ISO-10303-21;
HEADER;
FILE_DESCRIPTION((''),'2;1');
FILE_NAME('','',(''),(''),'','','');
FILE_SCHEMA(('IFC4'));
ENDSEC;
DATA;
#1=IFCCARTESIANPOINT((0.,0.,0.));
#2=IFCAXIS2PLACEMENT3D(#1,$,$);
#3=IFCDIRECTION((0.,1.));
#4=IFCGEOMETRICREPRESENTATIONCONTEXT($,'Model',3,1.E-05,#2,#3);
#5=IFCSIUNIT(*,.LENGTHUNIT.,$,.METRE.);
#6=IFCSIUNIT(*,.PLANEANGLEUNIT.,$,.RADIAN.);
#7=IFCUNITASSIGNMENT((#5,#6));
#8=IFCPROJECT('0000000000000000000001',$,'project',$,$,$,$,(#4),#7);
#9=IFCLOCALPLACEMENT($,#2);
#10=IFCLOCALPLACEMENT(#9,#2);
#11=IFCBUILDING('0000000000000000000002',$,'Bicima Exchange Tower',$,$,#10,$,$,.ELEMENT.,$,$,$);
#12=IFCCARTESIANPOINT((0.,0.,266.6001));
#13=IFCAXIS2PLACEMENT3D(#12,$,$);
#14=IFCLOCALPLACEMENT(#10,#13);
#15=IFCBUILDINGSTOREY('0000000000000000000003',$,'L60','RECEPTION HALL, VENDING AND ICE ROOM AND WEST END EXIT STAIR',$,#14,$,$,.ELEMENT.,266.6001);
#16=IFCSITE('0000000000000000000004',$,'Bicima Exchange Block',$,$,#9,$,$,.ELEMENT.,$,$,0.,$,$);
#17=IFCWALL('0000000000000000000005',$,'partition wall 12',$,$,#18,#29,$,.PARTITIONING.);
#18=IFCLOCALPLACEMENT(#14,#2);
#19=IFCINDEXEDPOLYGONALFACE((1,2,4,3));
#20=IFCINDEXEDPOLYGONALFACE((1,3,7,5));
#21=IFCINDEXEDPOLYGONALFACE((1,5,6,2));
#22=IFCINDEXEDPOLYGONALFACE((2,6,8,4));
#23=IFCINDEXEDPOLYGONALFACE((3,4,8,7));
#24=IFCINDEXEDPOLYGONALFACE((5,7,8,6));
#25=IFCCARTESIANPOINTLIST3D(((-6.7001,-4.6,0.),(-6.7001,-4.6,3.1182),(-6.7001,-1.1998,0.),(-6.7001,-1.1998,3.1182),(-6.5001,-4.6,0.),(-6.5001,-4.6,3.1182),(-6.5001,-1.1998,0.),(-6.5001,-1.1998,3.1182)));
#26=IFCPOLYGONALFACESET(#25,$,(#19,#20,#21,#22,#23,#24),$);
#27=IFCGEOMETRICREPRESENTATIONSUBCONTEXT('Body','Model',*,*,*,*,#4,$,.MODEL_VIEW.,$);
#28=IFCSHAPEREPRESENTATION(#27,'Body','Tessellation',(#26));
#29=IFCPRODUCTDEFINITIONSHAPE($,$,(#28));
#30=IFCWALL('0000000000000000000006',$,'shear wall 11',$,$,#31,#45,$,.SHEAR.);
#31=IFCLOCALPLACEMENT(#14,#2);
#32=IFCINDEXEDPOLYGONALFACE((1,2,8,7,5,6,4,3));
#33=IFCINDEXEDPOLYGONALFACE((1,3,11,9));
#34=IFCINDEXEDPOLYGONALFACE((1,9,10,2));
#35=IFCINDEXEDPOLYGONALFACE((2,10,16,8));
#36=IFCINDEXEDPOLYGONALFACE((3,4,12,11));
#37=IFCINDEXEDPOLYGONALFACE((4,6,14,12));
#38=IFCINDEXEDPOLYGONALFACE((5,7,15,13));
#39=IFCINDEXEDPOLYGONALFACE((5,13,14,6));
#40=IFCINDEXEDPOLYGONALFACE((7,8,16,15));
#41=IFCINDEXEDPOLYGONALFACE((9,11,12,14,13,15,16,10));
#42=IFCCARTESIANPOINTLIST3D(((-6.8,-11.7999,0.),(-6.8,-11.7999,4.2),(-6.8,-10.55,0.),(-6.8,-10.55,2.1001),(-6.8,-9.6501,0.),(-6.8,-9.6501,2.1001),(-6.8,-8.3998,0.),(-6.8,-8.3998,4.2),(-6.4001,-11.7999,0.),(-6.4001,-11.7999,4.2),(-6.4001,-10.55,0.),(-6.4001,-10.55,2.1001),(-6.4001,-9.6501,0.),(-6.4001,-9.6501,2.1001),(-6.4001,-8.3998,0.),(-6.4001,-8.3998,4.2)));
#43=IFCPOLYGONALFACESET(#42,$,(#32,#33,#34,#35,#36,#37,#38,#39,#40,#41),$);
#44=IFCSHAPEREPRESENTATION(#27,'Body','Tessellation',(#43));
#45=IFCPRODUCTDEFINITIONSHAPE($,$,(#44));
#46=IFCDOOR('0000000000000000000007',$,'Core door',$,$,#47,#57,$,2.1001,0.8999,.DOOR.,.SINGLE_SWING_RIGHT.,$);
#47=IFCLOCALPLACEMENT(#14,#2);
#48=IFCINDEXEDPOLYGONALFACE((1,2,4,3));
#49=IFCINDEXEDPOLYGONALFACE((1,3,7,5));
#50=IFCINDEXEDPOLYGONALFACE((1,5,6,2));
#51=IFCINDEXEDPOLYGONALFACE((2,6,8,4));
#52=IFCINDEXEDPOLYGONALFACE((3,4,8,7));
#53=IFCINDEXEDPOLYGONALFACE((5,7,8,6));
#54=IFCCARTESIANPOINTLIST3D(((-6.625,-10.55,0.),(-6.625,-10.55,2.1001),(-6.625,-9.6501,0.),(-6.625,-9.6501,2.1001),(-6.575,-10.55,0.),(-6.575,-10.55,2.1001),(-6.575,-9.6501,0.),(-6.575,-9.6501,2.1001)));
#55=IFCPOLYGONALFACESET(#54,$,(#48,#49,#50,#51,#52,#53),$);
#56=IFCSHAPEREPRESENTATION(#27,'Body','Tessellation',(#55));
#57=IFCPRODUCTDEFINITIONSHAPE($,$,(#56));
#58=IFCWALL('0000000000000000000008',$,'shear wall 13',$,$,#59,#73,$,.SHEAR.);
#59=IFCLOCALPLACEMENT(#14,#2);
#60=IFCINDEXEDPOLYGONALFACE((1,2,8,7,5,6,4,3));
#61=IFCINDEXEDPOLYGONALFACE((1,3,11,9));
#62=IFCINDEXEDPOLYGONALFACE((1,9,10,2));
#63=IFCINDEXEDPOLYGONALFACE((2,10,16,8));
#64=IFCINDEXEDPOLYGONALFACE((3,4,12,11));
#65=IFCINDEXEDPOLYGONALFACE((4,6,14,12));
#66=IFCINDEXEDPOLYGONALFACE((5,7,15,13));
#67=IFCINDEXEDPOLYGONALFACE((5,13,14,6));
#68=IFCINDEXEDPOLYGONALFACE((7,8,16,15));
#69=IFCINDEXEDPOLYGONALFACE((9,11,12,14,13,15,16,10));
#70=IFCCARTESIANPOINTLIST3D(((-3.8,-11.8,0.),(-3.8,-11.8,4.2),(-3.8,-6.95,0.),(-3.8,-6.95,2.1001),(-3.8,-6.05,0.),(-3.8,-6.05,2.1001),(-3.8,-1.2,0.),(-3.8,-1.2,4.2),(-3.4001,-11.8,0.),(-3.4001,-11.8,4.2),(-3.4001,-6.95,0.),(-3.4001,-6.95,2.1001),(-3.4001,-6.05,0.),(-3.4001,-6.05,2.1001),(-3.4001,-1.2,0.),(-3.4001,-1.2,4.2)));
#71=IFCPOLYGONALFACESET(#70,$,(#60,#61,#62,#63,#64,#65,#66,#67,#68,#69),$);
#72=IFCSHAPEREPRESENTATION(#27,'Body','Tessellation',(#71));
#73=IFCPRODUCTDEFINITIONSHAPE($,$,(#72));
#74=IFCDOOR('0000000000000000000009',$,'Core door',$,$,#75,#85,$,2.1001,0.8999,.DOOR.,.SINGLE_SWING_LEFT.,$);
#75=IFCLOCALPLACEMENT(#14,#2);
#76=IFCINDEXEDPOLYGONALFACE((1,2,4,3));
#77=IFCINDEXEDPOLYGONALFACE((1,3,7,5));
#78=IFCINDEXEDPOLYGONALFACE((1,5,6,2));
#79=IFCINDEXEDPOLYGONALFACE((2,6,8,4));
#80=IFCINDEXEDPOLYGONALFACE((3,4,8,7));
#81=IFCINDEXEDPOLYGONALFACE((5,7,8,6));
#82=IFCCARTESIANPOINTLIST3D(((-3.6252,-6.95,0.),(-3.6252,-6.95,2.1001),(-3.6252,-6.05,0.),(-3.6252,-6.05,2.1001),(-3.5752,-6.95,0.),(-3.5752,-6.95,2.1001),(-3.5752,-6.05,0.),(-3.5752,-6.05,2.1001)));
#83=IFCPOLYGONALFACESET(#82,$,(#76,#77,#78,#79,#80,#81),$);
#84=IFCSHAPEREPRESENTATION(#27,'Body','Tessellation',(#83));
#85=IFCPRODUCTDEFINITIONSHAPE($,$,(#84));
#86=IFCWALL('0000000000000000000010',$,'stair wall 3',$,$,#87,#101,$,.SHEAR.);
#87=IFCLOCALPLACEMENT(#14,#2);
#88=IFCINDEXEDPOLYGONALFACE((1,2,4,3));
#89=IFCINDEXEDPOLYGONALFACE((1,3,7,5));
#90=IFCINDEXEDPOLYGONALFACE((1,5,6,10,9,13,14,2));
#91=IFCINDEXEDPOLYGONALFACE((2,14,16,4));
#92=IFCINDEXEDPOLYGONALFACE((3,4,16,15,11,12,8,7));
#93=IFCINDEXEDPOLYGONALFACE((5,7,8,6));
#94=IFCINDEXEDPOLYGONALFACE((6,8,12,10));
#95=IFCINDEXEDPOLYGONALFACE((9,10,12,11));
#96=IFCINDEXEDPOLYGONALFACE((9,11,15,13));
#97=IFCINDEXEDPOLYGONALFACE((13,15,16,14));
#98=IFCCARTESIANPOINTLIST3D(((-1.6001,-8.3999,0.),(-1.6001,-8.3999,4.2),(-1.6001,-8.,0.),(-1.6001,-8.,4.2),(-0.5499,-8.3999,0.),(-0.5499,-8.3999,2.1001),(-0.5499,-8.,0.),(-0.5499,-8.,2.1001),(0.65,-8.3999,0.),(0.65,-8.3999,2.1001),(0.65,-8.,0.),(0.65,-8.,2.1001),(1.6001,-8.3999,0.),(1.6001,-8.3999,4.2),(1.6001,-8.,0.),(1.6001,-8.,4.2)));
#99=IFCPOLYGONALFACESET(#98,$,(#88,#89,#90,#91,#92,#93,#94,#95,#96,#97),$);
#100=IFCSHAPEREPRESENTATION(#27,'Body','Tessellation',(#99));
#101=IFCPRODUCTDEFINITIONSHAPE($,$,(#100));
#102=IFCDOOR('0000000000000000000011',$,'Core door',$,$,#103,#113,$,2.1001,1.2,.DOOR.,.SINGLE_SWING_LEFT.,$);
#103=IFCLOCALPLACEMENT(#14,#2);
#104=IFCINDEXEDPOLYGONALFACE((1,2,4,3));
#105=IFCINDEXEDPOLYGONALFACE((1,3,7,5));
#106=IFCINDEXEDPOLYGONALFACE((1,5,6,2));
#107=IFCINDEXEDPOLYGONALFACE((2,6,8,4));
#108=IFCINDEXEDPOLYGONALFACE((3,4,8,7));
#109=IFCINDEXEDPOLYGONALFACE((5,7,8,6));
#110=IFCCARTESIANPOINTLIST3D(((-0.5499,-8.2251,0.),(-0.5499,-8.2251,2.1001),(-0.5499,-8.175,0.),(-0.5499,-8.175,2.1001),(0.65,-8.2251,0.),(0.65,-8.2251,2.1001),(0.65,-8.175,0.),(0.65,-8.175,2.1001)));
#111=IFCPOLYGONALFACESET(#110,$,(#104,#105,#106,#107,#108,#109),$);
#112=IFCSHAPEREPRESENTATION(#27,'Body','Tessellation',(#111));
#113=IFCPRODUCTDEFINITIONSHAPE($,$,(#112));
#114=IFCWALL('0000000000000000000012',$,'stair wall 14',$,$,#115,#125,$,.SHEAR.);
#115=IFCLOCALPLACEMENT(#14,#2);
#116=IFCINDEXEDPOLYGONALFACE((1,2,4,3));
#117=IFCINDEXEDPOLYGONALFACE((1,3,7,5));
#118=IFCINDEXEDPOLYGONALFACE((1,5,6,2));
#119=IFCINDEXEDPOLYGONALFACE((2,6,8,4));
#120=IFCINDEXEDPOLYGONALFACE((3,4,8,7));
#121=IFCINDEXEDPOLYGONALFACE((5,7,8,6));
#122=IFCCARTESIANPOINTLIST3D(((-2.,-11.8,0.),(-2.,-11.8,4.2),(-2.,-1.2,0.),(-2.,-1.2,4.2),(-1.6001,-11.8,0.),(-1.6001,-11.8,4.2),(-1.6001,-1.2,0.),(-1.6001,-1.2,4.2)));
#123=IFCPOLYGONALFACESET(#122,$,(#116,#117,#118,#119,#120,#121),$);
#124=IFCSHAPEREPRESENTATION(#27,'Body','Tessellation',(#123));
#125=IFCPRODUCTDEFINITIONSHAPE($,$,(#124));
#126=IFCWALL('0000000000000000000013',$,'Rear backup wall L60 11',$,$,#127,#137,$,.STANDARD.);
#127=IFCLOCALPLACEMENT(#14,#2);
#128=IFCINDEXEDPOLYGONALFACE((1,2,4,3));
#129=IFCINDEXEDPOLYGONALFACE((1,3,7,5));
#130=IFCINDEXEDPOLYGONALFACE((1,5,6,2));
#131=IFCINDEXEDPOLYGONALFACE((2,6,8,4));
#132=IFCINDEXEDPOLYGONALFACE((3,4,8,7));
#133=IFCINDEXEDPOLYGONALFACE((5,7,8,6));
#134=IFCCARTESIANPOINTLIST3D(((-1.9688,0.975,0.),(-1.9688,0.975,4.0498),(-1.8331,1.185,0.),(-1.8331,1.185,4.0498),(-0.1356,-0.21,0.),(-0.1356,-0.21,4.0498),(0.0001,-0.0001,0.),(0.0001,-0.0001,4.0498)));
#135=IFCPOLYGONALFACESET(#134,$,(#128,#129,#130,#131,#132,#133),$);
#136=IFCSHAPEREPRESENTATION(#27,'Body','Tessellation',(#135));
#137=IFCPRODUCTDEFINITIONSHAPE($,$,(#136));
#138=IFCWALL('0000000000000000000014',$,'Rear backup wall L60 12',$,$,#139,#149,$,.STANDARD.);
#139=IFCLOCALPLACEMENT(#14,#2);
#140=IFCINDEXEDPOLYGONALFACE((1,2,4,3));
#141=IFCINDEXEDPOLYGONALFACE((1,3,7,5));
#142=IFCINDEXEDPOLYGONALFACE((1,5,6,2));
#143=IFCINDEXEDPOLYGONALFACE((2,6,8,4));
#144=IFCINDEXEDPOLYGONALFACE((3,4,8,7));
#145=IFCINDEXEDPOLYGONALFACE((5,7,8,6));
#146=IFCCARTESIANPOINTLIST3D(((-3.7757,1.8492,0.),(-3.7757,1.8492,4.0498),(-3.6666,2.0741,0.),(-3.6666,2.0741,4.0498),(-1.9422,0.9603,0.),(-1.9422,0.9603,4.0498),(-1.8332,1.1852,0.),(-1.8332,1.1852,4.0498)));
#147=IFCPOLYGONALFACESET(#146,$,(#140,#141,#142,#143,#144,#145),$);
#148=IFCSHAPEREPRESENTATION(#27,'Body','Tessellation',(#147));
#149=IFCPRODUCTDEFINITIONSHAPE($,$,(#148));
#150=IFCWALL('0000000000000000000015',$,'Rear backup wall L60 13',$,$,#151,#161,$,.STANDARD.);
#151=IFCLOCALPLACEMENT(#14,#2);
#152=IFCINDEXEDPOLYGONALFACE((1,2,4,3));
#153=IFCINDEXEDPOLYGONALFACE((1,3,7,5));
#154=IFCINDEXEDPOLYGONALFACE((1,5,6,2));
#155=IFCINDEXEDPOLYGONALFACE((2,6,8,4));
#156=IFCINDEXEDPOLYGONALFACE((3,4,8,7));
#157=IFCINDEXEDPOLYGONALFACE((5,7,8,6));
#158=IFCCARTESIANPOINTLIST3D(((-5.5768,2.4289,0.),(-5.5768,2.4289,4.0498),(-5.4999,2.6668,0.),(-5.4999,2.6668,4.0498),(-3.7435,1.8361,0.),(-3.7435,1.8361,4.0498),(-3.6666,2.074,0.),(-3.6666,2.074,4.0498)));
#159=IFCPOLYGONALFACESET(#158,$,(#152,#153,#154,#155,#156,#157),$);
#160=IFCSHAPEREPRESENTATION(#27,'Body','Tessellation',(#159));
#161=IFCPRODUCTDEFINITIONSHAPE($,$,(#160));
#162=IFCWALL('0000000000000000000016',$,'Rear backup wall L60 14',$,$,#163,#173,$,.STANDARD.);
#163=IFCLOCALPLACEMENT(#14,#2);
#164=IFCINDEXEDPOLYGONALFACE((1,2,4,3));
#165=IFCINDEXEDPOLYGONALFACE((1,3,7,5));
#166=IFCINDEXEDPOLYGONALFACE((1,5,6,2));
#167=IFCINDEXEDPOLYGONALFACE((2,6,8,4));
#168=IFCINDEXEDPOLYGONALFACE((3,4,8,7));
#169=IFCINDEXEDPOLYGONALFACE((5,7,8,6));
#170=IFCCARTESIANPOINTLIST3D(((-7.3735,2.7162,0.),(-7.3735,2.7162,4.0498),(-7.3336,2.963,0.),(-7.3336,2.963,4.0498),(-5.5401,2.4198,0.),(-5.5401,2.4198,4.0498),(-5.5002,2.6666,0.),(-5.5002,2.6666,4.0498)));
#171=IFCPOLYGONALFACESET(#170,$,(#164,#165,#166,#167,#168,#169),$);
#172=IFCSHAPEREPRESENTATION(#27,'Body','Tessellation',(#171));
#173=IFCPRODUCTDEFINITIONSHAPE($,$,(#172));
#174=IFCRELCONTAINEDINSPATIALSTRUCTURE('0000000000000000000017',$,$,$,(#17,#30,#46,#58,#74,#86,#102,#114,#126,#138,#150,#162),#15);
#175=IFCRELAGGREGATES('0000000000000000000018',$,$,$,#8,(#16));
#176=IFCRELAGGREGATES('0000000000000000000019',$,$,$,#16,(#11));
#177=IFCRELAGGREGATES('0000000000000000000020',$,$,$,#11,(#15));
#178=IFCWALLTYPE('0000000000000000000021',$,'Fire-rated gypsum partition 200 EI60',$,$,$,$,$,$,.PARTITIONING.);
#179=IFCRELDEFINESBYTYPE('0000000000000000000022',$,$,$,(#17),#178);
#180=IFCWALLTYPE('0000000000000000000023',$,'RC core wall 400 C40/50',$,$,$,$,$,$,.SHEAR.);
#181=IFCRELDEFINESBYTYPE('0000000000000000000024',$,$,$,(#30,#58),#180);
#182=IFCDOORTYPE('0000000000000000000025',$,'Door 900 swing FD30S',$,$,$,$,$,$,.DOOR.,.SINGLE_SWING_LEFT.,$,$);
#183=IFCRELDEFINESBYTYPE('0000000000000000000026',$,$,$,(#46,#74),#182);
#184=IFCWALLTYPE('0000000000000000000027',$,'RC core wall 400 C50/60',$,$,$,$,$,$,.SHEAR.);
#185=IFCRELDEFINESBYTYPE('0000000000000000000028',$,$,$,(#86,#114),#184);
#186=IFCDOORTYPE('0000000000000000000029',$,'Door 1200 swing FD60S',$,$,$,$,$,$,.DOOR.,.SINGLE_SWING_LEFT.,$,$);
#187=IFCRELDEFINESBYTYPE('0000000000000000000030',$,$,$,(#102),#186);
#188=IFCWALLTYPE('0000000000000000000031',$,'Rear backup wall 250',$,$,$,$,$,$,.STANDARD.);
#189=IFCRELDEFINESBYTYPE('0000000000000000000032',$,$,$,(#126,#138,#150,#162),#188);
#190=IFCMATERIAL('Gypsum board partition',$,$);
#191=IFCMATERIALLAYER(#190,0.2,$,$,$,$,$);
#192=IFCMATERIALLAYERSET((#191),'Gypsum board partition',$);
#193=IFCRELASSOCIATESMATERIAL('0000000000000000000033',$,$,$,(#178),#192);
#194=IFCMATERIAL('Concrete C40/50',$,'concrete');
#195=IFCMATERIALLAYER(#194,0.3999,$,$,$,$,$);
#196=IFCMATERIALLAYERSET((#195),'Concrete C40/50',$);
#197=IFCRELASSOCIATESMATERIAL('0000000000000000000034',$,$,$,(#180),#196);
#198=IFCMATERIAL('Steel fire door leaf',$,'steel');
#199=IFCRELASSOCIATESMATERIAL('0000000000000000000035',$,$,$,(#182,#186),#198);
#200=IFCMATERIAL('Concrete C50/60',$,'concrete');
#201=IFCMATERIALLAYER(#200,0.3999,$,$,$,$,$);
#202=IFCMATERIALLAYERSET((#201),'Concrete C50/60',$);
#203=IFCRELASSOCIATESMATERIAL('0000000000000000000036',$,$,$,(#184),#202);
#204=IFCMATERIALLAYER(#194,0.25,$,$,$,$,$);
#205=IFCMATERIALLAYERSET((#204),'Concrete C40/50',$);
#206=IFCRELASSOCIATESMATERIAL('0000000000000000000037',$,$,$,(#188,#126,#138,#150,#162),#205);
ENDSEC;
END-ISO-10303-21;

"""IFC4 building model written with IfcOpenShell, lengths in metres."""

from ifc_helpers import new_model, si_unit, direction, frame, frame_2d, origin, place, context, subcontext, project, spatial, rectangle, extrude, material, layer, layer_set, layer_usage, type_object, element, fill, save


model = new_model("IFC4")

# Units and contexts
model_context = context("Model", 3, precision=1e-05, world=origin(), true_north=direction((0.0, 1.0)))
body_context = subcontext(model_context, "Body", "Model", "MODEL_VIEW")
ifc_project = project(units=[si_unit("LENGTHUNIT", "METRE"), si_unit("PLANEANGLEUNIT", "RADIAN")], contexts=[model_context])

# Site, building, storey
site_placement = place(None, origin())
site = spatial("IfcSite", under=ifc_project, at=site_placement, Name="Bicima Exchange Block", CompositionType="ELEMENT", RefElevation=0.0)
building_placement = place(site_placement, origin())
building = spatial("IfcBuilding", under=site, at=building_placement, Name="Bicima Exchange Tower", CompositionType="ELEMENT")
storey_placement = place(building_placement, frame((0.0, 0.0, 266.6001)))
storey = spatial("IfcBuildingStorey", under=building, at=storey_placement, Name="L60", Description="RECEPTION HALL, VENDING AND ICE ROOM AND WEST END EXIT STAIR", CompositionType="ELEMENT", Elevation=266.6001)

# Shared definitions
ifc_material_1 = material(Name="Concrete C40/50", Category="concrete")

# Shared definitions
ifc_material_2 = material(Name="Concrete C50/60", Category="concrete")

# Wall
ifc_material_3 = material(Name="Gypsum board partition")
ifc_layer_1 = layer(ifc_material_3, 0.2)
ifc_layer_set_1 = layer_set([ifc_layer_1], Name="Gypsum board partition")
wall_type_1 = type_object("IfcWallType", Name="Fire-rated gypsum partition 200 EI60", PredefinedType="PARTITIONING", material=ifc_layer_set_1)
wall_1_placement = place(storey_placement, frame((-6.6001, -4.6001, 0.0), z_axis=(0.0, 0.0, 1.0), x_axis=(0.0, 1.0, 0.0)))
element("IfcWall", 1, at=wall_1_placement, inside=storey, type_object=wall_type_1, Name="partition wall 12", PredefinedType="PARTITIONING", context=body_context, shape_type="SweptSolid", body=[
    extrude(rectangle(XDim=3.4001, YDim=0.2, at=frame_2d((1.7002, 0.0))), origin(), (0.0, 0.0, 1.0), 3.1182),
])

# Walls, openings, doors
ifc_layer_2 = layer(ifc_material_1, 0.3999)
ifc_layer_set_2 = layer_set([ifc_layer_2], Name="Concrete C40/50")
wall_type_2 = type_object("IfcWallType", Name="RC core wall 400 C40/50", PredefinedType="SHEAR", material=ifc_layer_set_2)
wall_2_placement = place(storey_placement, frame((-6.6001, -11.8, 0.0), z_axis=(0.0, 0.0, 1.0), x_axis=(0.0, 1.0, 0.0)))
wall_2 = element("IfcWall", 2, at=wall_2_placement, inside=storey, type_object=wall_type_2, Name="shear wall 11", PredefinedType="SHEAR", context=body_context, shape_type="SweptSolid", body=[
    extrude(rectangle(XDim=3.4001, YDim=0.3999, at=frame_2d((1.7002, 0.0))), origin(), (0.0, 0.0, 1.0), 4.2),
])
opening_1_placement = place(wall_2_placement, frame((1.25, 0.0, 0.0)))
opening_1 = element("IfcOpeningElement", 3, at=opening_1_placement, cuts=wall_2, PredefinedType="OPENING", context=body_context, shape_type="SweptSolid", body=[
    extrude(rectangle(XDim=0.8999, YDim=2.1001, at=frame_2d((0.45, 1.05))), frame((0.0, 0.2119, 0.0), z_axis=(0.0, -1.0, 0.0), x_axis=(1.0, 0.0, 0.0)), (0.0, 0.0, 1.0), 0.4238),
])
ifc_material_4 = material(Name="Steel fire door leaf", Category="steel")
door_type_1 = type_object("IfcDoorType", Name="Door 900 swing FD30S", OperationType="SINGLE_SWING_LEFT", PredefinedType="DOOR", material=ifc_material_4)
door_1_placement = place(opening_1_placement, origin())
door_1 = element("IfcDoor", 4, at=door_1_placement, inside=storey, type_object=door_type_1, Name="Core door", OperationType="SINGLE_SWING_RIGHT", OverallHeight=2.1001, OverallWidth=0.8999, PredefinedType="DOOR", context=body_context, shape_type="SweptSolid", body=[
    extrude(rectangle(XDim=0.8999, YDim=2.1001, at=frame_2d((0.45, 1.05))), frame((0.0, 0.0249, 0.0), z_axis=(0.0, -1.0, 0.0), x_axis=(1.0, 0.0, 0.0)), (0.0, 0.0, 1.0), 0.05),
])
fill(opening_1, door_1)
wall_3_placement = place(storey_placement, frame((-3.6001, -11.8, 0.0), z_axis=(0.0, 0.0, 1.0), x_axis=(0.0, 1.0, 0.0)))
wall_3 = element("IfcWall", 5, at=wall_3_placement, inside=storey, type_object=wall_type_2, Name="shear wall 13", PredefinedType="SHEAR", context=body_context, shape_type="SweptSolid", body=[
    extrude(rectangle(XDim=10.6001, YDim=0.3999, at=frame_2d((5.3, 0.0))), origin(), (0.0, 0.0, 1.0), 4.2),
])
opening_2_placement = place(wall_3_placement, frame((4.8501, 0.0, 0.0)))
opening_2 = element("IfcOpeningElement", 6, at=opening_2_placement, cuts=wall_3, PredefinedType="OPENING", context=body_context, shape_type="SweptSolid", body=[
    extrude(rectangle(XDim=0.8999, YDim=2.1001, at=frame_2d((0.45, 1.05))), frame((0.0, 0.2119, 0.0), z_axis=(0.0, -1.0, 0.0), x_axis=(1.0, 0.0, 0.0)), (0.0, 0.0, 1.0), 0.4238),
])
door_2_placement = place(opening_2_placement, frame((0.8999, 0.0, 0.0), z_axis=(0.0, 0.0, 1.0), x_axis=(-1.0, 0.0, 0.0)))
door_2 = element("IfcDoor", 7, at=door_2_placement, inside=storey, type_object=door_type_1, Name="Core door", OperationType="SINGLE_SWING_LEFT", OverallHeight=2.1001, OverallWidth=0.8999, PredefinedType="DOOR", context=body_context, shape_type="SweptSolid", body=[
    extrude(rectangle(XDim=0.8999, YDim=2.1001, at=frame_2d((0.45, 1.05))), frame((0.0, 0.0249, 0.0), z_axis=(0.0, -1.0, 0.0), x_axis=(1.0, 0.0, 0.0)), (0.0, 0.0, 1.0), 0.05),
])
fill(opening_2, door_2)
ifc_layer_3 = layer(ifc_material_2, 0.3999)
ifc_layer_set_3 = layer_set([ifc_layer_3], Name="Concrete C50/60")
wall_type_3 = type_object("IfcWallType", Name="RC core wall 400 C50/60", PredefinedType="SHEAR", material=ifc_layer_set_3)
wall_4_placement = place(storey_placement, frame((-1.6001, -8.2, 0.0), z_axis=(0.0, 0.0, 1.0), x_axis=(1.0, 0.0, 0.0)))
wall_4 = element("IfcWall", 8, at=wall_4_placement, inside=storey, type_object=wall_type_3, Name="stair wall 3", PredefinedType="SHEAR", context=body_context, shape_type="SweptSolid", body=[
    extrude(rectangle(XDim=3.2002, YDim=0.3999, at=frame_2d((1.6001, 0.0))), origin(), (0.0, 0.0, 1.0), 4.2),
])
opening_3_placement = place(wall_4_placement, frame((1.05, 0.0, 0.0)))
opening_3 = element("IfcOpeningElement", 9, at=opening_3_placement, cuts=wall_4, PredefinedType="OPENING", context=body_context, shape_type="SweptSolid", body=[
    extrude(rectangle(XDim=1.2, YDim=2.1001, at=frame_2d((0.6001, 1.05))), frame((0.0, 0.2119, 0.0), z_axis=(0.0, -1.0, 0.0), x_axis=(1.0, 0.0, 0.0)), (0.0, 0.0, 1.0), 0.4238),
])
door_type_2 = type_object("IfcDoorType", Name="Door 1200 swing FD60S", OperationType="SINGLE_SWING_LEFT", PredefinedType="DOOR", material=ifc_material_4)
door_3_placement = place(opening_3_placement, origin())
door_3 = element("IfcDoor", 10, at=door_3_placement, inside=storey, type_object=door_type_2, Name="Core door", OperationType="SINGLE_SWING_LEFT", OverallHeight=2.1001, OverallWidth=1.2, PredefinedType="DOOR", context=body_context, shape_type="SweptSolid", body=[
    extrude(rectangle(XDim=1.2, YDim=2.1001, at=frame_2d((0.6001, 1.05))), frame((0.0, 0.0249, 0.0), z_axis=(0.0, -1.0, 0.0), x_axis=(1.0, 0.0, 0.0)), (0.0, 0.0, 1.0), 0.05),
])
fill(opening_3, door_3)

# Walls
wall_5_placement = place(storey_placement, frame((-1.8, -11.8, 0.0), z_axis=(0.0, 0.0, 1.0), x_axis=(0.0, 1.0, 0.0)))
element("IfcWall", 11, at=wall_5_placement, inside=storey, type_object=wall_type_3, Name="stair wall 14", PredefinedType="SHEAR", context=body_context, shape_type="SweptSolid", body=[
    extrude(rectangle(XDim=10.6001, YDim=0.3999, at=frame_2d((5.3, 0.0))), origin(), (0.0, 0.0, 1.0), 4.2),
])
ifc_layer_4 = layer(ifc_material_1, 0.25)
ifc_layer_set_4 = layer_set([ifc_layer_4], Name="Concrete C40/50")
ifc_layer_usage = layer_usage(ifc_layer_set_4, "AXIS2", "POSITIVE", -0.125)
wall_type_4 = type_object("IfcWallType", Name="Rear backup wall 250", PredefinedType="STANDARD", material=ifc_layer_set_4)
wall_6_placement = place(storey_placement, frame((-0.0679, -0.105, 0.0), z_axis=(0.0, 0.0, 1.0), x_axis=(-0.839813, 0.542876, 0.0)))
element("IfcWall", 12, at=wall_6_placement, inside=storey, type_object=wall_type_4, material=ifc_layer_usage, Name="Rear backup wall L60 11", PredefinedType="STANDARD", context=body_context, shape_type="SweptSolid", body=[
    extrude(rectangle(XDim=2.1829, YDim=0.25, at=frame_2d((1.0913, 0.0))), origin(), (0.0, 0.0, 1.0), 4.0498),
])
wall_7_placement = place(storey_placement, frame((-1.8877, 1.0728, 0.0), z_axis=(0.0, 0.0, 1.0), x_axis=(-0.899824, 0.436253, 0.0)))
element("IfcWall", 13, at=wall_7_placement, inside=storey, type_object=wall_type_4, material=ifc_layer_usage, Name="Rear backup wall L60 12", PredefinedType="STANDARD", context=body_context, shape_type="SweptSolid", body=[
    extrude(rectangle(XDim=2.0376, YDim=0.25, at=frame_2d((1.0188, 0.0))), origin(), (0.0, 0.0, 1.0), 4.0498),
])
wall_8_placement = place(storey_placement, frame((-3.7051, 1.9551, 0.0), z_axis=(0.0, 0.0, 1.0), x_axis=(-0.951496, 0.307662, 0.0)))
element("IfcWall", 14, at=wall_8_placement, inside=storey, type_object=wall_type_4, material=ifc_layer_usage, Name="Rear backup wall L60 13", PredefinedType="STANDARD", context=body_context, shape_type="SweptSolid", body=[
    extrude(rectangle(XDim=1.9268, YDim=0.25, at=frame_2d((0.9634, 0.0))), origin(), (0.0, 0.0, 1.0), 4.0498),
])
wall_9_placement = place(storey_placement, frame((-5.52, 2.5432, 0.0), z_axis=(0.0, 0.0, 1.0), x_axis=(-0.987182, 0.1596, 0.0)))
element("IfcWall", 15, at=wall_9_placement, inside=storey, type_object=wall_type_4, material=ifc_layer_usage, Name="Rear backup wall L60 14", PredefinedType="STANDARD", context=body_context, shape_type="SweptSolid", body=[
    extrude(rectangle(XDim=1.8572, YDim=0.25, at=frame_2d((0.9287, 0.0))), origin(), (0.0, 0.0, 1.0), 4.0498),
])

save(model, "model.ifc")
